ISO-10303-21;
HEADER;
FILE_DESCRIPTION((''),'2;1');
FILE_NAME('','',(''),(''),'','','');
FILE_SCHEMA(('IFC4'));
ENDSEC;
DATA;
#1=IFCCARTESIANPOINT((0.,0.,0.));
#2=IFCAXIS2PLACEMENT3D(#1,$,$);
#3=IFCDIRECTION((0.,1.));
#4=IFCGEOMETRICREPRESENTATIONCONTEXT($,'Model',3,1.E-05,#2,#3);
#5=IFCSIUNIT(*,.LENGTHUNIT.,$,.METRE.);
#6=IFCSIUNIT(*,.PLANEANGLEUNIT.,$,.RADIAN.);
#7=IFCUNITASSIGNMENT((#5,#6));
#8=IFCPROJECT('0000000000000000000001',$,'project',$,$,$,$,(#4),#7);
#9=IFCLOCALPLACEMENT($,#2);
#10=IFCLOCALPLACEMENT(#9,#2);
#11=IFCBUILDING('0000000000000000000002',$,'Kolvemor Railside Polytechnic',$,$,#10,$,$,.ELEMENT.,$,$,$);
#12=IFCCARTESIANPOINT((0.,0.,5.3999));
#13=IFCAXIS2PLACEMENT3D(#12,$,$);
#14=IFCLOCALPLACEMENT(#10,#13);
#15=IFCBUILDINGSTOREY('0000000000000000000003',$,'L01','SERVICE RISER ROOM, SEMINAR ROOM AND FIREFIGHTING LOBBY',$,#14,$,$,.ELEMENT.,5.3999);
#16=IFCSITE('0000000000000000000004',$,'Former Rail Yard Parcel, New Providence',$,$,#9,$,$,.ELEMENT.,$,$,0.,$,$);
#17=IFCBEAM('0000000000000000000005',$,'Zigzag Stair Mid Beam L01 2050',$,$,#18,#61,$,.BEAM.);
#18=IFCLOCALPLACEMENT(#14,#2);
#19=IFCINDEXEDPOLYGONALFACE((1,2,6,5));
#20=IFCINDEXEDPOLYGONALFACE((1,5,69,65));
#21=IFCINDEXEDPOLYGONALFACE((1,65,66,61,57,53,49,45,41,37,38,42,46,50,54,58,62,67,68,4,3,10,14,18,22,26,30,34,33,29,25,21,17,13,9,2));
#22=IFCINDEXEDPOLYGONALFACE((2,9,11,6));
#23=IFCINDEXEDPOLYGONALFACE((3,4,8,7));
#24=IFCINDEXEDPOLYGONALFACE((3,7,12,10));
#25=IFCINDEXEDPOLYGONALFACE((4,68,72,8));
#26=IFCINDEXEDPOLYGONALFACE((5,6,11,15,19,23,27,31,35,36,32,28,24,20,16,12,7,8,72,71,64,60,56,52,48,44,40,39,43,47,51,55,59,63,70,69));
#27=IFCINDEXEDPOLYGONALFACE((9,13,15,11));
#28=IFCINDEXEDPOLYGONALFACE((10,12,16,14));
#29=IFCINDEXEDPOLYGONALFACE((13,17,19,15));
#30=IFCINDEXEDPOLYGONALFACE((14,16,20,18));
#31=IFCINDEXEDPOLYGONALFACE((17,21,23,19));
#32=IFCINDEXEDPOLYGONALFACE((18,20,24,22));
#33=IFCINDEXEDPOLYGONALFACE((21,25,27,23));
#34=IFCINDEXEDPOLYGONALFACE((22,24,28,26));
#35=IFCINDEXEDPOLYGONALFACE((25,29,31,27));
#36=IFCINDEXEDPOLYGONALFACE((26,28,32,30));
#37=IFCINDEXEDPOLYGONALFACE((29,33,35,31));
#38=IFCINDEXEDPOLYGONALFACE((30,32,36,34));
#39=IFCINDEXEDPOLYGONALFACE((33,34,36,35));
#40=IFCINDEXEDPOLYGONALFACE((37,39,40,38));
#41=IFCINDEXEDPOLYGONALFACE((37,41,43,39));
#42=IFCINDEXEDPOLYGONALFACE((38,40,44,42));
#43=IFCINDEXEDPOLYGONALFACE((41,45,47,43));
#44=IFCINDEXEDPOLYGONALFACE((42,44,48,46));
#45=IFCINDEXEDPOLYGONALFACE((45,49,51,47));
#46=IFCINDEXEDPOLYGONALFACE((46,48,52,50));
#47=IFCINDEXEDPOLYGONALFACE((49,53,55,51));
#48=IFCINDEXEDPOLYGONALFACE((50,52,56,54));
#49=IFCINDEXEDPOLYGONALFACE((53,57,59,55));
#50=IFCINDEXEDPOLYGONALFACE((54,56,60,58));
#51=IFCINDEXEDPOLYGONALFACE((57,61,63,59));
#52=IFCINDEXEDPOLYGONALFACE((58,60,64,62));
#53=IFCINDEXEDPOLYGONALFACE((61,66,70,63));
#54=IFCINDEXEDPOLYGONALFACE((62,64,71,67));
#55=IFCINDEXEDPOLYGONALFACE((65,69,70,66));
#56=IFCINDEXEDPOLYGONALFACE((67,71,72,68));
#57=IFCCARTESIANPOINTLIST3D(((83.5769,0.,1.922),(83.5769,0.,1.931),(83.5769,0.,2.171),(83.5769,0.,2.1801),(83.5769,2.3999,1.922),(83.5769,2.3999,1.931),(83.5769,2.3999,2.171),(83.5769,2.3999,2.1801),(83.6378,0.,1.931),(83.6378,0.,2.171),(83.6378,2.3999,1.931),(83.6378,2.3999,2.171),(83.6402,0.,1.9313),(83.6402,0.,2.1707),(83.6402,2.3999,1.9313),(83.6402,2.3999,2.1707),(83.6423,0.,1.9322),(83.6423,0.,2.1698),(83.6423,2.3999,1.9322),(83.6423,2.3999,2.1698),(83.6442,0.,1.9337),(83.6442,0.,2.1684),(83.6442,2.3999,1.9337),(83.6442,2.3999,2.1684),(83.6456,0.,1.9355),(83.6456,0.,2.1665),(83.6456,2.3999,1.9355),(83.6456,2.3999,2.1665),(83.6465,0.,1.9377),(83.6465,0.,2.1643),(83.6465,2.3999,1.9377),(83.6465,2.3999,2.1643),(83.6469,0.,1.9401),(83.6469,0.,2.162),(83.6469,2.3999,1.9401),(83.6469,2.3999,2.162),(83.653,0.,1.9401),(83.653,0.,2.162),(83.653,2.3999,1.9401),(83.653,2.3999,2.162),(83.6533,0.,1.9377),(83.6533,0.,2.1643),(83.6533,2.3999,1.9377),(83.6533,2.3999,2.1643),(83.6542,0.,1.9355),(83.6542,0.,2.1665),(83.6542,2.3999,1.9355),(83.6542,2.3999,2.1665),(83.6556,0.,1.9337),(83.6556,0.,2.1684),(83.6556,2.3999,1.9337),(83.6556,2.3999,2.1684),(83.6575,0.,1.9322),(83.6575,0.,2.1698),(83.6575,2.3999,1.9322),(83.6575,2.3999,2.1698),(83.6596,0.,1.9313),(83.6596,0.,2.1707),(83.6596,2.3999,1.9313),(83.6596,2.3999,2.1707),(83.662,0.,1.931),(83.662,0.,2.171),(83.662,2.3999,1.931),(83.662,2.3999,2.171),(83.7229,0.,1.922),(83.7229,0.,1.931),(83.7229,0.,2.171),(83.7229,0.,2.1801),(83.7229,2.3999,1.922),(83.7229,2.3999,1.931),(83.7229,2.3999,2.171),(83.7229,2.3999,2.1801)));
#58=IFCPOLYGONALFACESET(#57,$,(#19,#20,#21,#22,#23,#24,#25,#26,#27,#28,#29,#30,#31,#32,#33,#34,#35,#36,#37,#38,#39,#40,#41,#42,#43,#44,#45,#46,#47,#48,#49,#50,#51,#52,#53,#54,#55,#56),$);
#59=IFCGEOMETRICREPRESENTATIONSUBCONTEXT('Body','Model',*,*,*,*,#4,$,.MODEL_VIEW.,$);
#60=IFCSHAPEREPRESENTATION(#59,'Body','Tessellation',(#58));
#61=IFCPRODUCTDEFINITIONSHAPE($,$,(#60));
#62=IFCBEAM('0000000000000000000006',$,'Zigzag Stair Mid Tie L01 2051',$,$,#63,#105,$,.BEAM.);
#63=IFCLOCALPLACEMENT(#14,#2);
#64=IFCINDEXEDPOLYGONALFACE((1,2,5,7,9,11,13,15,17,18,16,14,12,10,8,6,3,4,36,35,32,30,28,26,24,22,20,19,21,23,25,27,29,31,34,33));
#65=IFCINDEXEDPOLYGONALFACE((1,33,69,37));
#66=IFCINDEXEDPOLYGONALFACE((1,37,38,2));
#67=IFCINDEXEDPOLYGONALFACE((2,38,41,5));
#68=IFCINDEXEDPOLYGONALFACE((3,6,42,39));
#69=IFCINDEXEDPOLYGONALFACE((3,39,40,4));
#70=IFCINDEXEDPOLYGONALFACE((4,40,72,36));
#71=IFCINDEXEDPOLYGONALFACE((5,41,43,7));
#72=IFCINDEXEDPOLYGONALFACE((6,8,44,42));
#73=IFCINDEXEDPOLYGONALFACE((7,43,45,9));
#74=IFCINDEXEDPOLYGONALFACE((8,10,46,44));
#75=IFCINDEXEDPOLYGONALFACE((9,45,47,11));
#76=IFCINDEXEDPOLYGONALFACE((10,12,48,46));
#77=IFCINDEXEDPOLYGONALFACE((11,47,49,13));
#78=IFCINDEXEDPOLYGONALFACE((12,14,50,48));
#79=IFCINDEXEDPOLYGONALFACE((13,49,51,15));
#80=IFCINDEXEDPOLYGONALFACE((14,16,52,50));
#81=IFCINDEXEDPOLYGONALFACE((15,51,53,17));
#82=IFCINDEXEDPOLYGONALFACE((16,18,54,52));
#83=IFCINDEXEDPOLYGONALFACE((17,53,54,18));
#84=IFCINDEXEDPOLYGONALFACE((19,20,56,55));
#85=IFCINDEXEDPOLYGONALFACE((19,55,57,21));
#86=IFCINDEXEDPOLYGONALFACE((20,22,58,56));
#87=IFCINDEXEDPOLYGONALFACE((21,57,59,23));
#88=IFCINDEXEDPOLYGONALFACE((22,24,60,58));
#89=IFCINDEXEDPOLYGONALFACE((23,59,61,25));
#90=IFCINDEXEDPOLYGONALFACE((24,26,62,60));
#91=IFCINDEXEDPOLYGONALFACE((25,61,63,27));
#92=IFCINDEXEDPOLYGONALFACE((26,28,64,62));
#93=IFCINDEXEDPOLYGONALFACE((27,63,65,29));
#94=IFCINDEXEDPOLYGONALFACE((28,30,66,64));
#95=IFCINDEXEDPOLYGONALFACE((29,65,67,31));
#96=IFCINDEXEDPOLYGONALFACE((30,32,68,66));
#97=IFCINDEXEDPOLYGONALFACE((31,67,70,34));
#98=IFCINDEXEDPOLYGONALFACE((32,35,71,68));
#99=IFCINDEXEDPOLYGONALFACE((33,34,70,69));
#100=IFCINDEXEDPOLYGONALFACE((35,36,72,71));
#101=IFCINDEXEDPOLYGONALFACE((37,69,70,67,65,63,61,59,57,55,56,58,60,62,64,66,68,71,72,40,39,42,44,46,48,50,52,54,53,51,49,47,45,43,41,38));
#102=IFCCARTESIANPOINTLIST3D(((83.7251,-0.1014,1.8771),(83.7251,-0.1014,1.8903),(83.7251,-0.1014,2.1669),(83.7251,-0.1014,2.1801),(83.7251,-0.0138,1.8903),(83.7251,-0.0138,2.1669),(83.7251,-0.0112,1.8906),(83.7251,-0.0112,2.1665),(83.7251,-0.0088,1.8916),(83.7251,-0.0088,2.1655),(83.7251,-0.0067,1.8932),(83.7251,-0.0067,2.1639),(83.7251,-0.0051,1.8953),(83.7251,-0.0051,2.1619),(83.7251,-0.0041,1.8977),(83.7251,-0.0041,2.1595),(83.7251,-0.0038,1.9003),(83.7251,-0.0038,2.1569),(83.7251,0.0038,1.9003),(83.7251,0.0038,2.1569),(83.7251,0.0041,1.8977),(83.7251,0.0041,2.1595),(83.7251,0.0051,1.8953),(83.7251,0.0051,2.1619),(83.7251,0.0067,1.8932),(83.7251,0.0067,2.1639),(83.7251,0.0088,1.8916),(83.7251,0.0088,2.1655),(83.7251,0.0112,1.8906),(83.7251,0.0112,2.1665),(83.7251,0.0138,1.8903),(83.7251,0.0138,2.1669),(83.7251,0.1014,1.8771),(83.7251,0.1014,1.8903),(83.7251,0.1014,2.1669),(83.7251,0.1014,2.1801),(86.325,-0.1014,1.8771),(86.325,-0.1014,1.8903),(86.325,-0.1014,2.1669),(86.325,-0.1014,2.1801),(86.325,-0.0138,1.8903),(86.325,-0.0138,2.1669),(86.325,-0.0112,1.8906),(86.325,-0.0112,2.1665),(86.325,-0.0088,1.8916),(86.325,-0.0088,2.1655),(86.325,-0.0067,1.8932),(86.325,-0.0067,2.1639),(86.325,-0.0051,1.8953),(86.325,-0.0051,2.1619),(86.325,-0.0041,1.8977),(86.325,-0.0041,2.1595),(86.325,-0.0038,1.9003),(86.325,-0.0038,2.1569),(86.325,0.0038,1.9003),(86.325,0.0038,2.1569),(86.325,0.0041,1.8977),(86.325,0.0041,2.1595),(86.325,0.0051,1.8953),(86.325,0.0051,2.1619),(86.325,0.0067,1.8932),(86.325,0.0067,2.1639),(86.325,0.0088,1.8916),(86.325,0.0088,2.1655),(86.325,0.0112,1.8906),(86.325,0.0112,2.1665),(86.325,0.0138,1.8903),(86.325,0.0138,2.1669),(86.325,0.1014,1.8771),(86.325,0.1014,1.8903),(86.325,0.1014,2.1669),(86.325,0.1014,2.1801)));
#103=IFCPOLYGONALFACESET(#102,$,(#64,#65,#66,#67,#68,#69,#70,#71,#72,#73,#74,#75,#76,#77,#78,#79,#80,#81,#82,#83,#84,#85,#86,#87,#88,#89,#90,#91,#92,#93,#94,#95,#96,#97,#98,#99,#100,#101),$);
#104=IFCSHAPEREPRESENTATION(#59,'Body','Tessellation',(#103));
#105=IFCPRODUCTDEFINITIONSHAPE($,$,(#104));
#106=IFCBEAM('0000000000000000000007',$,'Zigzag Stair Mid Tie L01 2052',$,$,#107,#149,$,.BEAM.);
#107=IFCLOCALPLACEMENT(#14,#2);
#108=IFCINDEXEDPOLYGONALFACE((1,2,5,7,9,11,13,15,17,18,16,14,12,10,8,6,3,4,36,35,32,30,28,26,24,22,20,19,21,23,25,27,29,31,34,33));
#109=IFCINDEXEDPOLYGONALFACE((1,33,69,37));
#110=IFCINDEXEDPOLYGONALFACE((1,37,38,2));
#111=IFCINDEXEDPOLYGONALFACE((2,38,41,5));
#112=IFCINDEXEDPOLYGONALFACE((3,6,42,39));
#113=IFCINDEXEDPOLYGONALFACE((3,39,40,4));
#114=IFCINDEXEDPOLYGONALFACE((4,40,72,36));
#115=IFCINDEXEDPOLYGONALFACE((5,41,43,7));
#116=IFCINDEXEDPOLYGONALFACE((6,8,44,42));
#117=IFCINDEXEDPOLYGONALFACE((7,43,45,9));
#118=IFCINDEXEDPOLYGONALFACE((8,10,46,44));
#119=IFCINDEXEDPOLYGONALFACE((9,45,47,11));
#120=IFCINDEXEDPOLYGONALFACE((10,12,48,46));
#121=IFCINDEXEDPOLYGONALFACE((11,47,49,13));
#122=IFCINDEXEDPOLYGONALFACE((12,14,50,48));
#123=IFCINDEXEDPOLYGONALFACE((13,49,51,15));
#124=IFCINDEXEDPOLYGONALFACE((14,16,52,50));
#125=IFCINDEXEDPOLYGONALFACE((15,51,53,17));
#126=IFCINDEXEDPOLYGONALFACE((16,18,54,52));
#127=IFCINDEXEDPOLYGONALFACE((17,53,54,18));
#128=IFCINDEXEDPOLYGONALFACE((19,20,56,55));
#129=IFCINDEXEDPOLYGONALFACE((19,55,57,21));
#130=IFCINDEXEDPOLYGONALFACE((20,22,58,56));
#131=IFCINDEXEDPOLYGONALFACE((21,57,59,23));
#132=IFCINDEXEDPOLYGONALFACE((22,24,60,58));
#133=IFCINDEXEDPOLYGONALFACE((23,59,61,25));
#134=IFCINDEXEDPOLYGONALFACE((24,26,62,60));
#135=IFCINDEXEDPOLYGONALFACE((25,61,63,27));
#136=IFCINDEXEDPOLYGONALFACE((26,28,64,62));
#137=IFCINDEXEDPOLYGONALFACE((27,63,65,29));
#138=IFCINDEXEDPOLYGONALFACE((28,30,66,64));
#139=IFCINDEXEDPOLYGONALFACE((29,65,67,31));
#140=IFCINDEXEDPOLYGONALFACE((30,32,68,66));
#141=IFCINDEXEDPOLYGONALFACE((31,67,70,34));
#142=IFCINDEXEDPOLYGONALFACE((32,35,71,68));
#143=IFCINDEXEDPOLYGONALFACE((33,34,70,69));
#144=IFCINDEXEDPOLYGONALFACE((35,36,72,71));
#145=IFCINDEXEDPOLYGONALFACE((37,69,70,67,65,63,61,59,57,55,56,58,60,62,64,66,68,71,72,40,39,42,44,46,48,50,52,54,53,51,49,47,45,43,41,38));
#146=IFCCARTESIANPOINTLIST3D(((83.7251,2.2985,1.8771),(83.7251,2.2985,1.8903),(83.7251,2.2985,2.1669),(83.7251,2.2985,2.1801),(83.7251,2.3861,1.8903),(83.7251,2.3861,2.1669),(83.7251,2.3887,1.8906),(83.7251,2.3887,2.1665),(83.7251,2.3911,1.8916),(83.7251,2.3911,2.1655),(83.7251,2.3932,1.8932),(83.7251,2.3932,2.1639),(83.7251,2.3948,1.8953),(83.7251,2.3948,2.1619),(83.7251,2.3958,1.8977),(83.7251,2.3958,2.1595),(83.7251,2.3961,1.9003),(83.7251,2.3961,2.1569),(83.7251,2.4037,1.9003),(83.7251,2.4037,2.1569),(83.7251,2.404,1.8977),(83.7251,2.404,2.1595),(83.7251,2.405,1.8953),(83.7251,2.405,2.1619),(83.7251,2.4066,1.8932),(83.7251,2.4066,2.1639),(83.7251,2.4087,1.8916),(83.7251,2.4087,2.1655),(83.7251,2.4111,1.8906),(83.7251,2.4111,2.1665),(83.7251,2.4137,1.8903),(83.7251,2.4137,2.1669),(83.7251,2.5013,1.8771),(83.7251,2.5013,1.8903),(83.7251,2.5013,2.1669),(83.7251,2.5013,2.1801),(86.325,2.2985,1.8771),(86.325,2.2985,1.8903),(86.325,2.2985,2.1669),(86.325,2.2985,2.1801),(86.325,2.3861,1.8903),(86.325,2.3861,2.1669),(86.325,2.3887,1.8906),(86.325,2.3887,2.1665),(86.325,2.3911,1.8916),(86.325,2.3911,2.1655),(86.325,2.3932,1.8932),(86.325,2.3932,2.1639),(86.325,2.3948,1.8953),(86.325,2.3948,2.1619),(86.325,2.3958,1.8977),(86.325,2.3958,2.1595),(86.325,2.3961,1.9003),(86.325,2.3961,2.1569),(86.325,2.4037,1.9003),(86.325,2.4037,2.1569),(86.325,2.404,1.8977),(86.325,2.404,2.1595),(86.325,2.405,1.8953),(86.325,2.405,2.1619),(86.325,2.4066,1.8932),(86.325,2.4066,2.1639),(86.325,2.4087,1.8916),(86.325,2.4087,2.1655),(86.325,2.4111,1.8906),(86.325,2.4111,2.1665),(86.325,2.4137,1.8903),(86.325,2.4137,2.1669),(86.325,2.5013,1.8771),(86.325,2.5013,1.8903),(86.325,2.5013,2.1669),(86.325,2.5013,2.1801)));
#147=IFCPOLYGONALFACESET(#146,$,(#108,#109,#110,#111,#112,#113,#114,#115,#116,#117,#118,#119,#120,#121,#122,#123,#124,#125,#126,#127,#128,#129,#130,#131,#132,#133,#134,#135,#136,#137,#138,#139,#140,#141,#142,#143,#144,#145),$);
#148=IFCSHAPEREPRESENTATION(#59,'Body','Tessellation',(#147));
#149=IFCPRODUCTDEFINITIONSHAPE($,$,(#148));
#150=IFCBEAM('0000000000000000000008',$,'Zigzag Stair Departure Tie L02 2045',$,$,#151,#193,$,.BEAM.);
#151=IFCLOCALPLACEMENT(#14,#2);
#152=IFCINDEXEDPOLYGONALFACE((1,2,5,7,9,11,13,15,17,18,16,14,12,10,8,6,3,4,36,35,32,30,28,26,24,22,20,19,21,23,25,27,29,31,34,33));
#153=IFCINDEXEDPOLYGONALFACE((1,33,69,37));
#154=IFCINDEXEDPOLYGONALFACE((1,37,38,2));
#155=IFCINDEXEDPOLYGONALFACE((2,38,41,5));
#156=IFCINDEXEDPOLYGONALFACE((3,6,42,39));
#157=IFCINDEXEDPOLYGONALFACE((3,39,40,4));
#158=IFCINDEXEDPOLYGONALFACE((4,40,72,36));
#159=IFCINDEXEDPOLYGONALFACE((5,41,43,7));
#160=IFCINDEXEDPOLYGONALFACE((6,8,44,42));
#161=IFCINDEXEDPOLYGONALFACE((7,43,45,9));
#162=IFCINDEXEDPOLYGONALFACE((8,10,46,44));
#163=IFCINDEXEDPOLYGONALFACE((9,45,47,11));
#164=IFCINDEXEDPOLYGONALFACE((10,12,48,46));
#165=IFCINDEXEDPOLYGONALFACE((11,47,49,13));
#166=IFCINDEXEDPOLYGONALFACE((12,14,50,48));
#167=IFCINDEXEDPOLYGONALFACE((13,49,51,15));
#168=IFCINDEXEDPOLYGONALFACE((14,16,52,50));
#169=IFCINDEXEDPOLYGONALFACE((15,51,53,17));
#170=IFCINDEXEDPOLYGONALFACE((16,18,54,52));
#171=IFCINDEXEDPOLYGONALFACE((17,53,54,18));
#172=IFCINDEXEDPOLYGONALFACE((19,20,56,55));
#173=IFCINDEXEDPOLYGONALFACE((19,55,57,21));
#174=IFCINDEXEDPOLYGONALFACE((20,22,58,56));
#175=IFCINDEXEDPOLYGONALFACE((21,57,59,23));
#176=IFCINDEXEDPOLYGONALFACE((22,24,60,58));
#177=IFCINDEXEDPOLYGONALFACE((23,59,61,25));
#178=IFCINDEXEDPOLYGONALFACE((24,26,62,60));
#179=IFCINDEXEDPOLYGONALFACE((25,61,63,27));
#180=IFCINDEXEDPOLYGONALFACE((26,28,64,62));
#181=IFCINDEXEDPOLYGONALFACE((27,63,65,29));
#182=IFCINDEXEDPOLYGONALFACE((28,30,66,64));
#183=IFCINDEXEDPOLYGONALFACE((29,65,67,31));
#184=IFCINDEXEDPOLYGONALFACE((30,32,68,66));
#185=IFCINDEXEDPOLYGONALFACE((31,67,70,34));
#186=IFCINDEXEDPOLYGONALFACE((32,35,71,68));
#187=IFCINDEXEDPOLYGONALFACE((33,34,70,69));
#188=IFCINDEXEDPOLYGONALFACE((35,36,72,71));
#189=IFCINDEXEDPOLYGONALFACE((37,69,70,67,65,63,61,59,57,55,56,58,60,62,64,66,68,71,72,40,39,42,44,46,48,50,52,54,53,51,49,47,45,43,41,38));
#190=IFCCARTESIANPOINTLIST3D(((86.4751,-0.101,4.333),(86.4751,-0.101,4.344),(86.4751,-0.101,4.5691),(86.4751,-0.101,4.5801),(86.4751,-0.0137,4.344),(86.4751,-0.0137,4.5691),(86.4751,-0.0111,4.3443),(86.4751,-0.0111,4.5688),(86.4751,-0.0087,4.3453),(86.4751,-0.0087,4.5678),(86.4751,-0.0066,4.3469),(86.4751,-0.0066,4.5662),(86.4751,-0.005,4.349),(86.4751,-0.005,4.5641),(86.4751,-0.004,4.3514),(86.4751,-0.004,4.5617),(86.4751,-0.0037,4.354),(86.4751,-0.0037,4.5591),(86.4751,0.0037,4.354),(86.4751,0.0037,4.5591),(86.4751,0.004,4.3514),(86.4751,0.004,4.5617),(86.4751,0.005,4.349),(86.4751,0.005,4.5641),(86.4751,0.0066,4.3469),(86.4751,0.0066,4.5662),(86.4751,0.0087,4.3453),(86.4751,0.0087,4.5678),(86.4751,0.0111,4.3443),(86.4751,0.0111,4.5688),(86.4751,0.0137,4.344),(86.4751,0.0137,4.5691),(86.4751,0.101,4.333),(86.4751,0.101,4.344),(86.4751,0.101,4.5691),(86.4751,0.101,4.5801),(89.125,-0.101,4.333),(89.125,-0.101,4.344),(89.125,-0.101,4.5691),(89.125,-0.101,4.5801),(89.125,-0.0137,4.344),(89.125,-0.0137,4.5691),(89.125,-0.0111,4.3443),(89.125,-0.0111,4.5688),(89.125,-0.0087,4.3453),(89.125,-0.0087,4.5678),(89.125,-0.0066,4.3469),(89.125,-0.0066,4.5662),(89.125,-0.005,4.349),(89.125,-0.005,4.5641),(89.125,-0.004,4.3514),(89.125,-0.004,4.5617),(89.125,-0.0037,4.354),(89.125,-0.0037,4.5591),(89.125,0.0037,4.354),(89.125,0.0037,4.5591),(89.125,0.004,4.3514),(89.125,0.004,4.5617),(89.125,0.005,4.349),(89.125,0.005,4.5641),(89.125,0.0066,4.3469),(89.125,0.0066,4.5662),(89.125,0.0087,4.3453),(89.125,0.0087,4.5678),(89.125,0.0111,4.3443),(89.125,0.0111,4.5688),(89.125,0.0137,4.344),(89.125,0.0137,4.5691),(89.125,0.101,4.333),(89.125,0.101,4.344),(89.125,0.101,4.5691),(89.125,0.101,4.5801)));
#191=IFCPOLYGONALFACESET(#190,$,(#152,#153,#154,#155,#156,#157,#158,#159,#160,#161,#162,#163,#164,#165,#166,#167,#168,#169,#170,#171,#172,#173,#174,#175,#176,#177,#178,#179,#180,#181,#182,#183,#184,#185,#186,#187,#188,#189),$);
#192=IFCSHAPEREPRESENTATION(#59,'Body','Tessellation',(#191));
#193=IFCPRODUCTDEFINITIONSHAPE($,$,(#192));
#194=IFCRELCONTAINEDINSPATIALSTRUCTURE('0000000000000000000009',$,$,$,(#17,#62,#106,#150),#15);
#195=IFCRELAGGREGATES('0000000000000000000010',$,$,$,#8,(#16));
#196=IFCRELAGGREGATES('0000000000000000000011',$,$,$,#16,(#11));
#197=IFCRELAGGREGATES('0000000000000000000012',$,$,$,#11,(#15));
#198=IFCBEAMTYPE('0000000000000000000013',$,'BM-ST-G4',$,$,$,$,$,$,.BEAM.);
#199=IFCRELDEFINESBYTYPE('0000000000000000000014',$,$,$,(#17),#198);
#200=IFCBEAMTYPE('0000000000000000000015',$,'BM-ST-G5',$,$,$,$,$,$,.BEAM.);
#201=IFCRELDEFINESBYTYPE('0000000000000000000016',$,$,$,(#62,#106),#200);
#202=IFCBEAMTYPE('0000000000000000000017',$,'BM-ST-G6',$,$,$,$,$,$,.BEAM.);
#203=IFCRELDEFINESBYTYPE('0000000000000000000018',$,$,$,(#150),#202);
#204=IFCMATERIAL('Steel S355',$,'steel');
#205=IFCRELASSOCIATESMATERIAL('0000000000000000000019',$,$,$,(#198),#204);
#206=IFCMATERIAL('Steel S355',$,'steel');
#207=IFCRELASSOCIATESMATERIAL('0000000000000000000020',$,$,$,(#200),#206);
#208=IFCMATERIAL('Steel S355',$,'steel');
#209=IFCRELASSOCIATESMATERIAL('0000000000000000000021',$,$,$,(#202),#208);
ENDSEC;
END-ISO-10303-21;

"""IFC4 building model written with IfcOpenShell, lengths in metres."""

from ifc_helpers import new_model, si_unit, direction, frame, origin, origin_2d, place, context, subcontext, project, spatial, i_section, extrude, material, material_profile, profile_set, type_object, element, save


model = new_model("IFC4")

# Units and contexts
model_context = context("Model", 3, precision=1e-05, world=origin(), true_north=direction((0.0, 1.0)))
body_context = subcontext(model_context, "Body", "Model", "MODEL_VIEW")
ifc_project = project(units=[si_unit("LENGTHUNIT", "METRE"), si_unit("PLANEANGLEUNIT", "RADIAN")], contexts=[model_context])

# Site, building, storey
site_placement = place(None, origin())
site = spatial("IfcSite", under=ifc_project, at=site_placement, Name="Former Rail Yard Parcel, New Providence", CompositionType="ELEMENT", RefElevation=0.0)
building_placement = place(site_placement, origin())
building = spatial("IfcBuilding", under=site, at=building_placement, Name="Kolvemor Railside Polytechnic", CompositionType="ELEMENT")
storey_placement = place(building_placement, frame((0.0, 0.0, 5.3999)))
storey = spatial("IfcBuildingStorey", under=building, at=storey_placement, Name="L01", Description="SERVICE RISER ROOM, SEMINAR ROOM AND FIREFIGHTING LOBBY", CompositionType="ELEMENT", Elevation=5.3999)

# Beams
ifc_material_1 = material(Name="Steel S355", Category="steel")
ifc_material_profile_1 = material_profile(ifc_material_1, i_section(OverallWidth=0.146, OverallDepth=0.2581, WebThickness=0.0061, FlangeThickness=0.009, FilletRadius=0.009, at=origin_2d()), Name="W250x33")
ifc_profile_set_1 = profile_set([ifc_material_profile_1], Name="Steel S355")
beam_type_1 = type_object("IfcBeamType", Name="BM-ST-G4", PredefinedType="BEAM", material=ifc_profile_set_1)
beam_1_placement = place(storey_placement, frame((83.6499, 0.0, 2.051), z_axis=(0.0, 1.0, 0.0), x_axis=(-1.0, 0.0, 0.0)))
element("IfcBeam", 1, at=beam_1_placement, inside=storey, type_object=beam_type_1, Name="Zigzag Stair Mid Beam L01 2050", PredefinedType="BEAM", context=body_context, shape_type="SweptSolid", body=[
    extrude(i_section(OverallWidth=0.146, OverallDepth=0.2581, WebThickness=0.0061, FlangeThickness=0.009, FilletRadius=0.009, at=origin_2d()), origin(), (0.0, 0.0, 1.0), 2.3999),
])
ifc_material_2 = material(Name="Steel S355", Category="steel")
ifc_material_profile_2 = material_profile(ifc_material_2, i_section(OverallWidth=0.2029, OverallDepth=0.303, WebThickness=0.0076, FlangeThickness=0.0132, FilletRadius=0.01, at=origin_2d()), Name="W310x60")
ifc_profile_set_2 = profile_set([ifc_material_profile_2], Name="Steel S355")
beam_type_2 = type_object("IfcBeamType", Name="BM-ST-G5", PredefinedType="BEAM", material=ifc_profile_set_2)
for number, where, z_axis, x_axis, name in (
    (2, (83.7251, 0.0, 2.0286), (1.0, 0.0, 0.0), (0.0, 1.0, 0.0), "Zigzag Stair Mid Tie L01 2051"),
    (3, (83.7251, 2.3999, 2.0286), (1.0, 0.0, 0.0), (0.0, 1.0, 0.0), "Zigzag Stair Mid Tie L01 2052"),
):
    element("IfcBeam", number, at=place(storey_placement, frame(where, z_axis=z_axis, x_axis=x_axis)), inside=storey, type_object=beam_type_2, Name=name, PredefinedType="BEAM", context=body_context, shape_type="SweptSolid", body=[
        extrude(i_section(OverallWidth=0.2029, OverallDepth=0.303, WebThickness=0.0076, FlangeThickness=0.0132, FilletRadius=0.01, at=origin_2d()), origin(), (0.0, 0.0, 1.0), 2.5999),
    ])
ifc_material_3 = material(Name="Steel S355", Category="steel")
ifc_material_profile_3 = material_profile(ifc_material_3, i_section(OverallWidth=0.2019, OverallDepth=0.2471, WebThickness=0.0073, FlangeThickness=0.011, FilletRadius=0.01, at=origin_2d()), Name="W250x49")
ifc_profile_set_3 = profile_set([ifc_material_profile_3], Name="Steel S355")
beam_type_3 = type_object("IfcBeamType", Name="BM-ST-G6", PredefinedType="BEAM", material=ifc_profile_set_3)
for number, where, z_axis, x_axis, name in (
    (4, (86.4751, 0.0, 4.4565), (1.0, 0.0, 0.0), (0.0, 1.0, 0.0), "Zigzag Stair Departure Tie L02 2045"),
):
    element("IfcBeam", number, at=place(storey_placement, frame(where, z_axis=z_axis, x_axis=x_axis)), inside=storey, type_object=beam_type_3, Name=name, PredefinedType="BEAM", context=body_context, shape_type="SweptSolid", body=[
        extrude(i_section(OverallWidth=0.2019, OverallDepth=0.2471, WebThickness=0.0073, FlangeThickness=0.011, FilletRadius=0.01, at=origin_2d()), origin(), (0.0, 0.0, 1.0), 2.6499),
    ])

save(model, "model.ifc")
